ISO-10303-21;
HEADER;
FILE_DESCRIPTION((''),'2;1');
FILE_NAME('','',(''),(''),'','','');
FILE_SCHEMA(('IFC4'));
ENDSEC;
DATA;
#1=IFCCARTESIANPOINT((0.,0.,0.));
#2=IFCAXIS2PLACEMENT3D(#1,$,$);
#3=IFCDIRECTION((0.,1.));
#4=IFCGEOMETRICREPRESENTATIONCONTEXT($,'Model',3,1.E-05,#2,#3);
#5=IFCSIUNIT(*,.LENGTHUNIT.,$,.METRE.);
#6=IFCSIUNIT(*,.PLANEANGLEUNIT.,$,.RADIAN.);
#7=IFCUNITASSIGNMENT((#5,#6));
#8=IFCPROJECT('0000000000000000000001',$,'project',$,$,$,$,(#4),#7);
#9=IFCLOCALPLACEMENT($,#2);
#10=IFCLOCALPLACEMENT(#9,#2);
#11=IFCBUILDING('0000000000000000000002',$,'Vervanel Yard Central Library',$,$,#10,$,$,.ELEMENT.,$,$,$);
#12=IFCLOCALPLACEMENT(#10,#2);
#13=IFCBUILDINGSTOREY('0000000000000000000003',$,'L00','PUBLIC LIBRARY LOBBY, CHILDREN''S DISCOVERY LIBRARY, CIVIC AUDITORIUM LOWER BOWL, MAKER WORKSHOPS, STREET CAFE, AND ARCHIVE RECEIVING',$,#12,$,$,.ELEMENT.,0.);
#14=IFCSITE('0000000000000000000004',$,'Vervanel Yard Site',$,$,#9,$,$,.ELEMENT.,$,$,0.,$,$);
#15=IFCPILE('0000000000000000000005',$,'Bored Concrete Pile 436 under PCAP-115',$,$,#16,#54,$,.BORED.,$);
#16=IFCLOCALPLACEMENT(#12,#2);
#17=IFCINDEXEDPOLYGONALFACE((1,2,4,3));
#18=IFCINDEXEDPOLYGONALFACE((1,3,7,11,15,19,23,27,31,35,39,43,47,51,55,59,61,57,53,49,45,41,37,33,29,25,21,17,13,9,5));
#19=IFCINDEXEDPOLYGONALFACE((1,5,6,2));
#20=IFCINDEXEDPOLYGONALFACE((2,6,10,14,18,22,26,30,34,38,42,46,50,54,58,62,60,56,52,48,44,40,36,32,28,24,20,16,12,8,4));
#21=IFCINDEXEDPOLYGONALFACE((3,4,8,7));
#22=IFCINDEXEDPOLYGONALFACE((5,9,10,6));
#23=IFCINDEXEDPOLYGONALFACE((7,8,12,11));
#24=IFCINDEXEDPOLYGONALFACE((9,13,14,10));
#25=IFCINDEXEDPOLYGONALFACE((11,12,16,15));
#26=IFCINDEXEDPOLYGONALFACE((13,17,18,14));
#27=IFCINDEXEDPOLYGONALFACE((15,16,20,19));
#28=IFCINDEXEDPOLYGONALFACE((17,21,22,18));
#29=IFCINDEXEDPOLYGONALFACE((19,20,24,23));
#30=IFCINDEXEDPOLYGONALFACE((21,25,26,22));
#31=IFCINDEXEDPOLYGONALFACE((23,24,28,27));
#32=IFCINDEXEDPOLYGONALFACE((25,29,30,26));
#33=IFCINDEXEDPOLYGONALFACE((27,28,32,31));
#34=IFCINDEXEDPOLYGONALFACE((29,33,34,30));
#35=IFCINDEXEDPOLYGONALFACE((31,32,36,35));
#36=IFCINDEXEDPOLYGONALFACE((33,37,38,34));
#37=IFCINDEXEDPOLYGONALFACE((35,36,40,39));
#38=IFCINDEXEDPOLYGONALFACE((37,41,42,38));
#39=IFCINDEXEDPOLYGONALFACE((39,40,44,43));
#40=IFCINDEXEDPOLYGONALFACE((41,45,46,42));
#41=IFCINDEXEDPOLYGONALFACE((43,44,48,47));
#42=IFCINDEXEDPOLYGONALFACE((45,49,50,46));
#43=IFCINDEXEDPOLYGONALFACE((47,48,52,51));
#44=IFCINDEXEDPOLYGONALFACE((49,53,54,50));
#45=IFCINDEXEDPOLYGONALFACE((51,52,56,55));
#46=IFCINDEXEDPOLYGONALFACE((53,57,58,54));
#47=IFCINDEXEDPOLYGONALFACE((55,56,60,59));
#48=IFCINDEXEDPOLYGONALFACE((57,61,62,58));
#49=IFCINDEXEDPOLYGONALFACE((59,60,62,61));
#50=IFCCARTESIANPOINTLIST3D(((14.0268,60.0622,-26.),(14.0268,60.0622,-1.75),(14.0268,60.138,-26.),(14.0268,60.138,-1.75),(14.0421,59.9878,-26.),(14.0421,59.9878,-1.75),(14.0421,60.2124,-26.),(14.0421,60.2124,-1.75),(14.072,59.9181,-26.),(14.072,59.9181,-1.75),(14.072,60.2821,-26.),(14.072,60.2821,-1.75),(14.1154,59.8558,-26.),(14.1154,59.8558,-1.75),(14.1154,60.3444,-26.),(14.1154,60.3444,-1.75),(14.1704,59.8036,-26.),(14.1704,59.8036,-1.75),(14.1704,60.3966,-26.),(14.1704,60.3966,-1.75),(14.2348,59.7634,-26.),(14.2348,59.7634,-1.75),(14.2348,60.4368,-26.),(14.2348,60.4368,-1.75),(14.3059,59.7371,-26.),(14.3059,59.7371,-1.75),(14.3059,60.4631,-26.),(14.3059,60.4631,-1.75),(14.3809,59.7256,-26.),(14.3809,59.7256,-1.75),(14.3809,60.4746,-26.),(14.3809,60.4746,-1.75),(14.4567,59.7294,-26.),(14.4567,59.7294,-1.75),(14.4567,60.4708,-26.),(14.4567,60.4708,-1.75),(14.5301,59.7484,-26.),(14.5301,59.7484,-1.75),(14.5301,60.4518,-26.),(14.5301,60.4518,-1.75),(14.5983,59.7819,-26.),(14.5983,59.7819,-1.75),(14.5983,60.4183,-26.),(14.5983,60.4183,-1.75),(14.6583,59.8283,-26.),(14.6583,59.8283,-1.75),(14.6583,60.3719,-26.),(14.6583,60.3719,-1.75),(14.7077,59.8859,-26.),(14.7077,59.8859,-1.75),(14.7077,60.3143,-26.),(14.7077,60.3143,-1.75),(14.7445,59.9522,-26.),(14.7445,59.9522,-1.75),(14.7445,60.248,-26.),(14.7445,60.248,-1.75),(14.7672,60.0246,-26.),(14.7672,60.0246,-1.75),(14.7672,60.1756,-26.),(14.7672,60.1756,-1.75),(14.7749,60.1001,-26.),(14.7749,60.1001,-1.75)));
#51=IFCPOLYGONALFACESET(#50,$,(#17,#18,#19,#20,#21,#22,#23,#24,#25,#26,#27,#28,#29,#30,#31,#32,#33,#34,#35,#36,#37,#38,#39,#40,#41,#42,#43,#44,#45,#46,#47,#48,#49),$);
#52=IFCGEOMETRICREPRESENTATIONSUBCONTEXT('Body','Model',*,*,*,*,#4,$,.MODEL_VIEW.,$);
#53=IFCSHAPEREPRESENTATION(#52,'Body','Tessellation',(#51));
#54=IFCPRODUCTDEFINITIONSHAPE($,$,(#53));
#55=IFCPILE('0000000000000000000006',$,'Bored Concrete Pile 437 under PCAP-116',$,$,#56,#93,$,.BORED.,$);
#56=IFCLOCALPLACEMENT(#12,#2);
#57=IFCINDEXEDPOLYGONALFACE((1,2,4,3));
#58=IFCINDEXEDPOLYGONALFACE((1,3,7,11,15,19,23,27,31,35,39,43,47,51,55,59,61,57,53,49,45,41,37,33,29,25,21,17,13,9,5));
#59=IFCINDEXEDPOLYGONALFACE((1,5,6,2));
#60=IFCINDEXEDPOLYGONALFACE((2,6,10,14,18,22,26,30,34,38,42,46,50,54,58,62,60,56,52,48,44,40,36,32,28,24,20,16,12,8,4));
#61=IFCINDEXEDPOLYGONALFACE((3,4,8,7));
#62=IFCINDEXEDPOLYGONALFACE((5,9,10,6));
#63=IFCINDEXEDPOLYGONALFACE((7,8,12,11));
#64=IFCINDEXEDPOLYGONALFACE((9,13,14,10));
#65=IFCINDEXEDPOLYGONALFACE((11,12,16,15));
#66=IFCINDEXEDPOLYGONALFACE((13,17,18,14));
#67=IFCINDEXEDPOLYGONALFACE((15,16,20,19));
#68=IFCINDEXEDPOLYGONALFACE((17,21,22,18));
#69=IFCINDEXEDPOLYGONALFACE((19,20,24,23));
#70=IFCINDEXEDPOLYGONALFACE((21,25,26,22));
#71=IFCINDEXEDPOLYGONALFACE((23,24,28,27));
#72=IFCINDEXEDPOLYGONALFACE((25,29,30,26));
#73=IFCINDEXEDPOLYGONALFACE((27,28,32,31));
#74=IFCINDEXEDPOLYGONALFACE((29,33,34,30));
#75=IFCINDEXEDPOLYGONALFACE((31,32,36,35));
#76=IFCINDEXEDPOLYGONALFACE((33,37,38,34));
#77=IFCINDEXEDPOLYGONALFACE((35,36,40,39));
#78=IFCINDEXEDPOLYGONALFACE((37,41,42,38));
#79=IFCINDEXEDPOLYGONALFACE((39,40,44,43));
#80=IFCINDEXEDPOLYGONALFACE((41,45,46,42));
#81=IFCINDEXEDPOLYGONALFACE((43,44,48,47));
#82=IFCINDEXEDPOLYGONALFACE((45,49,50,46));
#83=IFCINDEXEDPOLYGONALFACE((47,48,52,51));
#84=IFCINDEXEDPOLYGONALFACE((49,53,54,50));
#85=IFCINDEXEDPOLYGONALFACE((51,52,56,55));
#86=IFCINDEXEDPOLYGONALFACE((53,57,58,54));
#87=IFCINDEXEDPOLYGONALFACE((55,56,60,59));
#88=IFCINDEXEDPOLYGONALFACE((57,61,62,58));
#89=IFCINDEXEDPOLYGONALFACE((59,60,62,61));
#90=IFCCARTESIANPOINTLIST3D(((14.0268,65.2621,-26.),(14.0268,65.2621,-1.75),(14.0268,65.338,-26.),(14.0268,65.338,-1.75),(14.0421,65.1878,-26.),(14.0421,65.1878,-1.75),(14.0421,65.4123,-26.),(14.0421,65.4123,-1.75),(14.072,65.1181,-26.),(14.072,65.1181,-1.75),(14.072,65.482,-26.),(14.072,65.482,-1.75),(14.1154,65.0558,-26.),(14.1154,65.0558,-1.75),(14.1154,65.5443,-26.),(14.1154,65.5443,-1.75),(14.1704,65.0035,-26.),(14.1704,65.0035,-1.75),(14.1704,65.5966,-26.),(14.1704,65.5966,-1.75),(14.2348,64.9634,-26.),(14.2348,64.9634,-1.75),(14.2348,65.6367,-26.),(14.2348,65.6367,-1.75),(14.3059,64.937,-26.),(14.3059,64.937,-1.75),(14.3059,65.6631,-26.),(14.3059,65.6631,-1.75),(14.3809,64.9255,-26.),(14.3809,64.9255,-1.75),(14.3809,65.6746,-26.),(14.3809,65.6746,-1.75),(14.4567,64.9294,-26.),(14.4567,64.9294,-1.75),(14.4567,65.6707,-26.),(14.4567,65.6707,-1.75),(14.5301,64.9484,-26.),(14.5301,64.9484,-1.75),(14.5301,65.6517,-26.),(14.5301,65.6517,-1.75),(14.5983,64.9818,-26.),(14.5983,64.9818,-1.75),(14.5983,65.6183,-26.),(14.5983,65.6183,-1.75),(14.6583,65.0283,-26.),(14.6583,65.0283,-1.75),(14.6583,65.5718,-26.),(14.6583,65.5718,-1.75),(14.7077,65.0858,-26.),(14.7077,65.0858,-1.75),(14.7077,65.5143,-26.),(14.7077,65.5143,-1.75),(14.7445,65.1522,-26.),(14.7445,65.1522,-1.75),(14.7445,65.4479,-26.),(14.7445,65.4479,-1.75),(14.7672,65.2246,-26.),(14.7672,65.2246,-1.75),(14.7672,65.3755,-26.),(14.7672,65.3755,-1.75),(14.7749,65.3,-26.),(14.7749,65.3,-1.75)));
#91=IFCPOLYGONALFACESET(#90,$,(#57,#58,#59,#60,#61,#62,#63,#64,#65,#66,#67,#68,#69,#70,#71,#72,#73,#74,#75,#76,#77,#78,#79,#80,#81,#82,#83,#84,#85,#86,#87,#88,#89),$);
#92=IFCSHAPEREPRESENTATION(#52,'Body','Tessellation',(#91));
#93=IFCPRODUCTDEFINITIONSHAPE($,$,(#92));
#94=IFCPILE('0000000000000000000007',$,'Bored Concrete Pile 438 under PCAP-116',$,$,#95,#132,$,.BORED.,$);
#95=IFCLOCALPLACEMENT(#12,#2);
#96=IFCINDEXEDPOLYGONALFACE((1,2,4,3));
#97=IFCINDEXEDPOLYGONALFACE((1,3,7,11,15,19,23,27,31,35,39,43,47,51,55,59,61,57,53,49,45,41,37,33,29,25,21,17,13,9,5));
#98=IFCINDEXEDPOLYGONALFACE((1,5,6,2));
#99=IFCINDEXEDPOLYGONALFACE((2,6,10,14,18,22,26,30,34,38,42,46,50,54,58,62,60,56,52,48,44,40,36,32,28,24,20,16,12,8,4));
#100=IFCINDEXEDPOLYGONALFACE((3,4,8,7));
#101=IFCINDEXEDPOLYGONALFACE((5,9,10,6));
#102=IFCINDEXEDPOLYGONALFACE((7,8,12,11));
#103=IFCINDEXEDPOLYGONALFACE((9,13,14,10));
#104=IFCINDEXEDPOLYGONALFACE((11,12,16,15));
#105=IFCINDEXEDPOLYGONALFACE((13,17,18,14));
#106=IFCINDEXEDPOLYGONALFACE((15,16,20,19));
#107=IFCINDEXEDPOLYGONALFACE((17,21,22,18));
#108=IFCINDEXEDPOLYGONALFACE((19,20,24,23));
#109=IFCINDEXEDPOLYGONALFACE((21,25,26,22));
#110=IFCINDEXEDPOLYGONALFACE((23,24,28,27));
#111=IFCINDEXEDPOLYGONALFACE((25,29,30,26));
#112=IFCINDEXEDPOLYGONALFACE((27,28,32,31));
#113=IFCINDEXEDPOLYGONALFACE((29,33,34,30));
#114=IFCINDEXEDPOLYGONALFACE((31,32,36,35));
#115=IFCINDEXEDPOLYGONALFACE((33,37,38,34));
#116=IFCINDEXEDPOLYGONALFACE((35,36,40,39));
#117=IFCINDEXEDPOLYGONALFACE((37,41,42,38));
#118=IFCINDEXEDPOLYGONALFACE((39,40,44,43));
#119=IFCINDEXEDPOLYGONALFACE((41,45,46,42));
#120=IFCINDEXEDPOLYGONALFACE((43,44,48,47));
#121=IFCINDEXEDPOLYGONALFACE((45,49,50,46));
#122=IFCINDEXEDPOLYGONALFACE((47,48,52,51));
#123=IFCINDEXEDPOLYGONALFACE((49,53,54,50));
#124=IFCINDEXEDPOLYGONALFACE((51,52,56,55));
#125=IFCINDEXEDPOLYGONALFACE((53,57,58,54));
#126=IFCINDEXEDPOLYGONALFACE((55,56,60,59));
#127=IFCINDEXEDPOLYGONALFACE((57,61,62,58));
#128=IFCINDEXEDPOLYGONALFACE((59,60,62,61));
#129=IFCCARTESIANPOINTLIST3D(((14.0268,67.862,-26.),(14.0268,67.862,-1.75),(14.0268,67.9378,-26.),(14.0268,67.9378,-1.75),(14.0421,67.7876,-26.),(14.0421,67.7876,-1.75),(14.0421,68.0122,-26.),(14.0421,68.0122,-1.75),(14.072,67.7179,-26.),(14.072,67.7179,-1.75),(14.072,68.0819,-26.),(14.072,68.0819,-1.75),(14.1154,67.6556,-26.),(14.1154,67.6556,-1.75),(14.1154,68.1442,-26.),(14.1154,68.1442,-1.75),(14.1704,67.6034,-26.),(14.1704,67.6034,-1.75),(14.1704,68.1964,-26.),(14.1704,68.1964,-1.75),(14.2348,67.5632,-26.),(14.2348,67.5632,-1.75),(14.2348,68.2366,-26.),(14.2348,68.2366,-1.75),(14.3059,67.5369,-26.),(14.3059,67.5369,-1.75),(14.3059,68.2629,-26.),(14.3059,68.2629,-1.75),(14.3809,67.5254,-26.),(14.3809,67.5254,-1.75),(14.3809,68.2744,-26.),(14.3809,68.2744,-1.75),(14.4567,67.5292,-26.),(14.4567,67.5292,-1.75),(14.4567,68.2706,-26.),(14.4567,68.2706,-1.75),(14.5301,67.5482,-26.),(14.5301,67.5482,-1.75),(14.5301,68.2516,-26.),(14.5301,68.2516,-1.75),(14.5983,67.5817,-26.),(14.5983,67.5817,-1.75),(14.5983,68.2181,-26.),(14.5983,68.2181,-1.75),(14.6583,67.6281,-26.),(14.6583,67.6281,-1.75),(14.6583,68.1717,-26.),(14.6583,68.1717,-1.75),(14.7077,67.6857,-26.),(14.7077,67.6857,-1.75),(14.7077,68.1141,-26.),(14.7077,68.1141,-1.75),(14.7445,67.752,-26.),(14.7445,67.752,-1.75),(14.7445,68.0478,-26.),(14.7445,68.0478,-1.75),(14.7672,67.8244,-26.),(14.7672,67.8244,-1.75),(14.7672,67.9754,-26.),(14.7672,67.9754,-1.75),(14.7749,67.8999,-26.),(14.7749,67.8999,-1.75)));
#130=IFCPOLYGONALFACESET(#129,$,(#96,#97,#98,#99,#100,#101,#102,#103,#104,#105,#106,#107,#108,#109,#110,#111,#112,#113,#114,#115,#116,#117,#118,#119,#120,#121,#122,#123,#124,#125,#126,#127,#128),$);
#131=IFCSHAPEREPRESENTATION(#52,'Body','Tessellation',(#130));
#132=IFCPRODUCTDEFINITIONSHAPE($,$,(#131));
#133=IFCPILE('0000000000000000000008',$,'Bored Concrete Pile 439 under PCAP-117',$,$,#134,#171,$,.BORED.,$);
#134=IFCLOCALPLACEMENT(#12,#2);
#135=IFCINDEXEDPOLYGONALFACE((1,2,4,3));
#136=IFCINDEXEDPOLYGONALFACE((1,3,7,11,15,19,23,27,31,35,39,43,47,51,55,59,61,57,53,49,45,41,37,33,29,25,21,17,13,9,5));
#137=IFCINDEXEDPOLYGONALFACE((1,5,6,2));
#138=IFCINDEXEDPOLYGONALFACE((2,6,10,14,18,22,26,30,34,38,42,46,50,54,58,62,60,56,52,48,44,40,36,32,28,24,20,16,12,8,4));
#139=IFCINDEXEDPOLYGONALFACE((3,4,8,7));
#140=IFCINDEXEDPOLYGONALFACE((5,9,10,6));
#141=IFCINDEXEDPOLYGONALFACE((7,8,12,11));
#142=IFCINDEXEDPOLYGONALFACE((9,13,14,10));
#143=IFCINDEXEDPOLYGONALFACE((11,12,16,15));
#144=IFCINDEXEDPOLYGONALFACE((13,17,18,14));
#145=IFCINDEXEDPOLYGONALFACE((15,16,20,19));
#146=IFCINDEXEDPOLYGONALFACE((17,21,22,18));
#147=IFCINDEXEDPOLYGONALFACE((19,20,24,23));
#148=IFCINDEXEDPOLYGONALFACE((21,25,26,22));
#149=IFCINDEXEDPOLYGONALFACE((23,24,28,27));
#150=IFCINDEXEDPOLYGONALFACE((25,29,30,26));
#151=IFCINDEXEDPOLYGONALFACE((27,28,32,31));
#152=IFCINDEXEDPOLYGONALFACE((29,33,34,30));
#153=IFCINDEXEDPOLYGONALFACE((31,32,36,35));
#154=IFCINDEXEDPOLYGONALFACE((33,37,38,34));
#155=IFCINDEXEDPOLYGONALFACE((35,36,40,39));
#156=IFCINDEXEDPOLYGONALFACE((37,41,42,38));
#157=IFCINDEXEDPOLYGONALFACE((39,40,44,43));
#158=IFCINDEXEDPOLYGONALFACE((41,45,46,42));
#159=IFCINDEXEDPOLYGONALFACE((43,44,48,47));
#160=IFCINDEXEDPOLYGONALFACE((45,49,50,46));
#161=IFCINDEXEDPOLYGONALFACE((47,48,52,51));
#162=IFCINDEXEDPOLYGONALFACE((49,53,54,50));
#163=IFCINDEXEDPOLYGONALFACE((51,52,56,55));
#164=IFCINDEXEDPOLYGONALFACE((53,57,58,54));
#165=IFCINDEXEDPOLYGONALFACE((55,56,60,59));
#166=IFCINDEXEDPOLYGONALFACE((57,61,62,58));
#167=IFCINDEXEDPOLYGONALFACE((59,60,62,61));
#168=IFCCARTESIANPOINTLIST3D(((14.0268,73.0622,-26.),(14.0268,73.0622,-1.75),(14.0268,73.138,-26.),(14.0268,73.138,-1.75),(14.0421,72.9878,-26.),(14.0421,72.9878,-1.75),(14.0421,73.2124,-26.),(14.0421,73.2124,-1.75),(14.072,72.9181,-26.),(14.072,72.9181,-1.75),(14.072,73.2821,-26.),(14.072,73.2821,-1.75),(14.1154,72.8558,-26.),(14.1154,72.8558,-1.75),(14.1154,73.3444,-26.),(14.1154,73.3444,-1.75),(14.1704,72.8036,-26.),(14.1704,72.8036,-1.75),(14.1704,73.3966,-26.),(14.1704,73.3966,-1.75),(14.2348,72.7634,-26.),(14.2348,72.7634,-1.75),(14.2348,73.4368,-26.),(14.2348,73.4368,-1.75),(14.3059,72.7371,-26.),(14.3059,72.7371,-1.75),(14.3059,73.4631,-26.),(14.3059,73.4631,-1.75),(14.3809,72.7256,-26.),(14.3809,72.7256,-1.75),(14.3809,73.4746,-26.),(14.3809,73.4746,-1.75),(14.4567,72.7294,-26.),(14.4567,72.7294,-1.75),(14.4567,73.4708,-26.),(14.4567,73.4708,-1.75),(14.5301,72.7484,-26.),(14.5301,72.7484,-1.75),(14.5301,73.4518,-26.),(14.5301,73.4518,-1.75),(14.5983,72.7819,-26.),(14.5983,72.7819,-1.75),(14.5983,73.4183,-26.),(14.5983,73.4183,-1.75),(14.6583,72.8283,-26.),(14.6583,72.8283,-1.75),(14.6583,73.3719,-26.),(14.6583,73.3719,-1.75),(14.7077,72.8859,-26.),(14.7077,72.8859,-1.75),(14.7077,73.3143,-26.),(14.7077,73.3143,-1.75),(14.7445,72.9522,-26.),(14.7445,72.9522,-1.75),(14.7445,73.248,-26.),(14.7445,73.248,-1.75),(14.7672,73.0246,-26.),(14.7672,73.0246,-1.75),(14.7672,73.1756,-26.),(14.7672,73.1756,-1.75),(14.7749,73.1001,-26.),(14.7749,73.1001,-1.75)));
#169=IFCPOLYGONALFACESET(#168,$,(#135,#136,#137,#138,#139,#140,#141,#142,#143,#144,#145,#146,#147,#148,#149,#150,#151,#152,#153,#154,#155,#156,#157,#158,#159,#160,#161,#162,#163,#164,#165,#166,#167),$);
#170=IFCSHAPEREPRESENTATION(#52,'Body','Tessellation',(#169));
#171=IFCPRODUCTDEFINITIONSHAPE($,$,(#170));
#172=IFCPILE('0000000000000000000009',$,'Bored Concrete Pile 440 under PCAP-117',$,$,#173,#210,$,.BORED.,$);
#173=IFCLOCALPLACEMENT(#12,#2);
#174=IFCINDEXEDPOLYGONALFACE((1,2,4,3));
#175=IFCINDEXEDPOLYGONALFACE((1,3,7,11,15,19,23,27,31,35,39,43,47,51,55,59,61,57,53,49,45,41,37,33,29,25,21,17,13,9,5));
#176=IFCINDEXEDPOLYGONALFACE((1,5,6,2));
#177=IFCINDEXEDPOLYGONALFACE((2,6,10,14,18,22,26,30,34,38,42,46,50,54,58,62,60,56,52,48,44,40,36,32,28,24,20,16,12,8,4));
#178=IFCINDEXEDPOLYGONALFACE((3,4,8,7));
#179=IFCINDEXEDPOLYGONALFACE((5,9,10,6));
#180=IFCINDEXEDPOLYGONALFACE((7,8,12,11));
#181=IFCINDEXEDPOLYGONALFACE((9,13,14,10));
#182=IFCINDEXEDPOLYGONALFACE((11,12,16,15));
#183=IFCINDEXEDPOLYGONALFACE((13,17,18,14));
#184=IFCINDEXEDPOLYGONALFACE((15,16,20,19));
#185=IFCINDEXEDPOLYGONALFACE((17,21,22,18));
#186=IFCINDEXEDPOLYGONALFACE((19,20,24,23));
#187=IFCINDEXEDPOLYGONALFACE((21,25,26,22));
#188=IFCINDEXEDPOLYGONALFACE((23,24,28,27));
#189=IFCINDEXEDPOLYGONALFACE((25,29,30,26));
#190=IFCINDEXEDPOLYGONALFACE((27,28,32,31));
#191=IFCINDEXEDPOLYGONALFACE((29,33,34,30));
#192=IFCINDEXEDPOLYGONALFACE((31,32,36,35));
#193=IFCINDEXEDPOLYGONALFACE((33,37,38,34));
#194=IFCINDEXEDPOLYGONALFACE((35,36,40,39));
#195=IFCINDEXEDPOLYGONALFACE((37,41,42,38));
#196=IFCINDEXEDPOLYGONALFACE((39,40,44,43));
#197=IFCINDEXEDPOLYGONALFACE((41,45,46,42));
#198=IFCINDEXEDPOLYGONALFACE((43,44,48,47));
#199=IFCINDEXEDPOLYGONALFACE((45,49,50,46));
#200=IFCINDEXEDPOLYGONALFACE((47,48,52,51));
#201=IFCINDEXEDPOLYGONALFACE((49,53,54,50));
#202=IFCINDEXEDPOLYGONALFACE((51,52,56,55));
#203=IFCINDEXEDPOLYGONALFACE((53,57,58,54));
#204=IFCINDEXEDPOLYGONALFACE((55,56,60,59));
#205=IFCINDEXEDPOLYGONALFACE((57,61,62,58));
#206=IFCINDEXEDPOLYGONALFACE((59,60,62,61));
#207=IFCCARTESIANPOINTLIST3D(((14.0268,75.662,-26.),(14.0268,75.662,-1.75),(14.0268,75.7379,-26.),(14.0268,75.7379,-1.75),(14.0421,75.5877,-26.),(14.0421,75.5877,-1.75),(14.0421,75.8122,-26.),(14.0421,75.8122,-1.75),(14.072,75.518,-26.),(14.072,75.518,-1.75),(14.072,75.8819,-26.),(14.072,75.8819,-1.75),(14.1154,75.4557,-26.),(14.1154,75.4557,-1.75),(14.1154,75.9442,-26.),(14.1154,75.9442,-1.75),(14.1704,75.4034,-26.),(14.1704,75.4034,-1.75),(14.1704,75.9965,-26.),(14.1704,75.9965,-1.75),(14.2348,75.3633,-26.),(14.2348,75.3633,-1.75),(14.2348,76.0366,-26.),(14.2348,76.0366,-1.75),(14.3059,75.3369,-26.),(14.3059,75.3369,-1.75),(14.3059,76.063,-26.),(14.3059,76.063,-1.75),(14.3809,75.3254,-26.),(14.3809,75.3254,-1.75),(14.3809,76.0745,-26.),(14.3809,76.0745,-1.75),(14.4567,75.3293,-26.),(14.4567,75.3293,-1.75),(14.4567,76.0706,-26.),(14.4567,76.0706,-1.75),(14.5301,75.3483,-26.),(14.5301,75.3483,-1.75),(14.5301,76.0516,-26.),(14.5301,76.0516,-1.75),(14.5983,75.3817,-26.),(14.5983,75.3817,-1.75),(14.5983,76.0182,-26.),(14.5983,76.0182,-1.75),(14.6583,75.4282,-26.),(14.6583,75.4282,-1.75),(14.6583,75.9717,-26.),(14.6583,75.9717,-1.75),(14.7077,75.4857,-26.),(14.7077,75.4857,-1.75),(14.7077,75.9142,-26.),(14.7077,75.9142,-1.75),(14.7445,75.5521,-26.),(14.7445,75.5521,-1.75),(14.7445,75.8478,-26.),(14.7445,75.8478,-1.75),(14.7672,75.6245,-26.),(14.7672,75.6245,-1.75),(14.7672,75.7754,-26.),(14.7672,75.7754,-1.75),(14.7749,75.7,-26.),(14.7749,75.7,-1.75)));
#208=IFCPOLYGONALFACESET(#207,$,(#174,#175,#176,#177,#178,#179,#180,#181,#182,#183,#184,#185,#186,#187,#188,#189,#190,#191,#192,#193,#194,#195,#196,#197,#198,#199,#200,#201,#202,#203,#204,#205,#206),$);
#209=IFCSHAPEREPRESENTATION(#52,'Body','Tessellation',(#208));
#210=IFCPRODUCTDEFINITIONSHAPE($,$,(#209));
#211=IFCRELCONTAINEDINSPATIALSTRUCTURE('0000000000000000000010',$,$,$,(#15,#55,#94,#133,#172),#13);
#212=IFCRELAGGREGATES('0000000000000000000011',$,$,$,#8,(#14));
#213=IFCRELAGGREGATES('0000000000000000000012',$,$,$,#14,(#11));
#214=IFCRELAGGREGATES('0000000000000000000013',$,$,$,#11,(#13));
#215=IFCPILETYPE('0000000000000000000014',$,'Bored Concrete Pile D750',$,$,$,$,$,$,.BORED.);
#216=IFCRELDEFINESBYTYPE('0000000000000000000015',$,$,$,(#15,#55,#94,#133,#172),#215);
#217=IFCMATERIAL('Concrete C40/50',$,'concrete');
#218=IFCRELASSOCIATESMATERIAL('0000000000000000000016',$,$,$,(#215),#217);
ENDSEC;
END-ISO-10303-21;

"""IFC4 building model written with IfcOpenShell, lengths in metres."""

from ifc_helpers import new_model, si_unit, direction, frame, origin, origin_2d, place, context, subcontext, project, spatial, circle, extrude, material, material_profile, profile_set, type_object, element, save


model = new_model("IFC4")

# Units and contexts
model_context = context("Model", 3, precision=1e-05, world=origin(), true_north=direction((0.0, 1.0)))
body_context = subcontext(model_context, "Body", "Model", "MODEL_VIEW")
ifc_project = project(units=[si_unit("LENGTHUNIT", "METRE"), si_unit("PLANEANGLEUNIT", "RADIAN")], contexts=[model_context])

# Site, building, storey
site_placement = place(None, origin())
site = spatial("IfcSite", under=ifc_project, at=site_placement, Name="Vervanel Yard Site", CompositionType="ELEMENT", RefElevation=0.0)
building_placement = place(site_placement, origin())
building = spatial("IfcBuilding", under=site, at=building_placement, Name="Vervanel Yard Central Library", CompositionType="ELEMENT")
storey_placement = place(building_placement, origin())
storey = spatial("IfcBuildingStorey", under=building, at=storey_placement, Name="L00", Description="PUBLIC LIBRARY LOBBY, CHILDREN'S DISCOVERY LIBRARY, CIVIC AUDITORIUM LOWER BOWL, MAKER WORKSHOPS, STREET CAFE, AND ARCHIVE RECEIVING", CompositionType="ELEMENT", Elevation=0.0)

# Piles
ifc_material_1 = material(Name="Concrete C40/50", Category="concrete")
ifc_material_profile_1 = material_profile(ifc_material_1, circle(Radius=0.375, at=origin_2d()), Name="BP D750", Category="concrete")
ifc_profile_set_1 = profile_set([ifc_material_profile_1], Name="Concrete C40/50")
pile_type = type_object("IfcPileType", Name="Bored Concrete Pile D750", PredefinedType="BORED", material=ifc_profile_set_1)
for number, where, z_axis, x_axis, name in (
    (1, (14.3999, 60.1001, -1.75), (0.0, 0.0, -1.0), (1.0, 0.0, 0.0), "Bored Concrete Pile 436 under PCAP-115"),
    (2, (14.3999, 65.3, -1.75), (0.0, 0.0, -1.0), (1.0, 0.0, 0.0), "Bored Concrete Pile 437 under PCAP-116"),
    (3, (14.3999, 67.8999, -1.75), (0.0, 0.0, -1.0), (1.0, 0.0, 0.0), "Bored Concrete Pile 438 under PCAP-116"),
    (4, (14.3999, 73.1001, -1.75), (0.0, 0.0, -1.0), (1.0, 0.0, 0.0), "Bored Concrete Pile 439 under PCAP-117"),
    (5, (14.3999, 75.7, -1.75), (0.0, 0.0, -1.0), (1.0, 0.0, 0.0), "Bored Concrete Pile 440 under PCAP-117"),
):
    element("IfcPile", number, at=place(storey_placement, frame(where, z_axis=z_axis, x_axis=x_axis)), inside=storey, type_object=pile_type, Name=name, PredefinedType="BORED", context=body_context, shape_type="SweptSolid", body=[
        extrude(circle(Radius=0.375, at=origin_2d()), origin(), (0.0, 0.0, 1.0), 24.25),
    ])

save(model, "model.ifc")
